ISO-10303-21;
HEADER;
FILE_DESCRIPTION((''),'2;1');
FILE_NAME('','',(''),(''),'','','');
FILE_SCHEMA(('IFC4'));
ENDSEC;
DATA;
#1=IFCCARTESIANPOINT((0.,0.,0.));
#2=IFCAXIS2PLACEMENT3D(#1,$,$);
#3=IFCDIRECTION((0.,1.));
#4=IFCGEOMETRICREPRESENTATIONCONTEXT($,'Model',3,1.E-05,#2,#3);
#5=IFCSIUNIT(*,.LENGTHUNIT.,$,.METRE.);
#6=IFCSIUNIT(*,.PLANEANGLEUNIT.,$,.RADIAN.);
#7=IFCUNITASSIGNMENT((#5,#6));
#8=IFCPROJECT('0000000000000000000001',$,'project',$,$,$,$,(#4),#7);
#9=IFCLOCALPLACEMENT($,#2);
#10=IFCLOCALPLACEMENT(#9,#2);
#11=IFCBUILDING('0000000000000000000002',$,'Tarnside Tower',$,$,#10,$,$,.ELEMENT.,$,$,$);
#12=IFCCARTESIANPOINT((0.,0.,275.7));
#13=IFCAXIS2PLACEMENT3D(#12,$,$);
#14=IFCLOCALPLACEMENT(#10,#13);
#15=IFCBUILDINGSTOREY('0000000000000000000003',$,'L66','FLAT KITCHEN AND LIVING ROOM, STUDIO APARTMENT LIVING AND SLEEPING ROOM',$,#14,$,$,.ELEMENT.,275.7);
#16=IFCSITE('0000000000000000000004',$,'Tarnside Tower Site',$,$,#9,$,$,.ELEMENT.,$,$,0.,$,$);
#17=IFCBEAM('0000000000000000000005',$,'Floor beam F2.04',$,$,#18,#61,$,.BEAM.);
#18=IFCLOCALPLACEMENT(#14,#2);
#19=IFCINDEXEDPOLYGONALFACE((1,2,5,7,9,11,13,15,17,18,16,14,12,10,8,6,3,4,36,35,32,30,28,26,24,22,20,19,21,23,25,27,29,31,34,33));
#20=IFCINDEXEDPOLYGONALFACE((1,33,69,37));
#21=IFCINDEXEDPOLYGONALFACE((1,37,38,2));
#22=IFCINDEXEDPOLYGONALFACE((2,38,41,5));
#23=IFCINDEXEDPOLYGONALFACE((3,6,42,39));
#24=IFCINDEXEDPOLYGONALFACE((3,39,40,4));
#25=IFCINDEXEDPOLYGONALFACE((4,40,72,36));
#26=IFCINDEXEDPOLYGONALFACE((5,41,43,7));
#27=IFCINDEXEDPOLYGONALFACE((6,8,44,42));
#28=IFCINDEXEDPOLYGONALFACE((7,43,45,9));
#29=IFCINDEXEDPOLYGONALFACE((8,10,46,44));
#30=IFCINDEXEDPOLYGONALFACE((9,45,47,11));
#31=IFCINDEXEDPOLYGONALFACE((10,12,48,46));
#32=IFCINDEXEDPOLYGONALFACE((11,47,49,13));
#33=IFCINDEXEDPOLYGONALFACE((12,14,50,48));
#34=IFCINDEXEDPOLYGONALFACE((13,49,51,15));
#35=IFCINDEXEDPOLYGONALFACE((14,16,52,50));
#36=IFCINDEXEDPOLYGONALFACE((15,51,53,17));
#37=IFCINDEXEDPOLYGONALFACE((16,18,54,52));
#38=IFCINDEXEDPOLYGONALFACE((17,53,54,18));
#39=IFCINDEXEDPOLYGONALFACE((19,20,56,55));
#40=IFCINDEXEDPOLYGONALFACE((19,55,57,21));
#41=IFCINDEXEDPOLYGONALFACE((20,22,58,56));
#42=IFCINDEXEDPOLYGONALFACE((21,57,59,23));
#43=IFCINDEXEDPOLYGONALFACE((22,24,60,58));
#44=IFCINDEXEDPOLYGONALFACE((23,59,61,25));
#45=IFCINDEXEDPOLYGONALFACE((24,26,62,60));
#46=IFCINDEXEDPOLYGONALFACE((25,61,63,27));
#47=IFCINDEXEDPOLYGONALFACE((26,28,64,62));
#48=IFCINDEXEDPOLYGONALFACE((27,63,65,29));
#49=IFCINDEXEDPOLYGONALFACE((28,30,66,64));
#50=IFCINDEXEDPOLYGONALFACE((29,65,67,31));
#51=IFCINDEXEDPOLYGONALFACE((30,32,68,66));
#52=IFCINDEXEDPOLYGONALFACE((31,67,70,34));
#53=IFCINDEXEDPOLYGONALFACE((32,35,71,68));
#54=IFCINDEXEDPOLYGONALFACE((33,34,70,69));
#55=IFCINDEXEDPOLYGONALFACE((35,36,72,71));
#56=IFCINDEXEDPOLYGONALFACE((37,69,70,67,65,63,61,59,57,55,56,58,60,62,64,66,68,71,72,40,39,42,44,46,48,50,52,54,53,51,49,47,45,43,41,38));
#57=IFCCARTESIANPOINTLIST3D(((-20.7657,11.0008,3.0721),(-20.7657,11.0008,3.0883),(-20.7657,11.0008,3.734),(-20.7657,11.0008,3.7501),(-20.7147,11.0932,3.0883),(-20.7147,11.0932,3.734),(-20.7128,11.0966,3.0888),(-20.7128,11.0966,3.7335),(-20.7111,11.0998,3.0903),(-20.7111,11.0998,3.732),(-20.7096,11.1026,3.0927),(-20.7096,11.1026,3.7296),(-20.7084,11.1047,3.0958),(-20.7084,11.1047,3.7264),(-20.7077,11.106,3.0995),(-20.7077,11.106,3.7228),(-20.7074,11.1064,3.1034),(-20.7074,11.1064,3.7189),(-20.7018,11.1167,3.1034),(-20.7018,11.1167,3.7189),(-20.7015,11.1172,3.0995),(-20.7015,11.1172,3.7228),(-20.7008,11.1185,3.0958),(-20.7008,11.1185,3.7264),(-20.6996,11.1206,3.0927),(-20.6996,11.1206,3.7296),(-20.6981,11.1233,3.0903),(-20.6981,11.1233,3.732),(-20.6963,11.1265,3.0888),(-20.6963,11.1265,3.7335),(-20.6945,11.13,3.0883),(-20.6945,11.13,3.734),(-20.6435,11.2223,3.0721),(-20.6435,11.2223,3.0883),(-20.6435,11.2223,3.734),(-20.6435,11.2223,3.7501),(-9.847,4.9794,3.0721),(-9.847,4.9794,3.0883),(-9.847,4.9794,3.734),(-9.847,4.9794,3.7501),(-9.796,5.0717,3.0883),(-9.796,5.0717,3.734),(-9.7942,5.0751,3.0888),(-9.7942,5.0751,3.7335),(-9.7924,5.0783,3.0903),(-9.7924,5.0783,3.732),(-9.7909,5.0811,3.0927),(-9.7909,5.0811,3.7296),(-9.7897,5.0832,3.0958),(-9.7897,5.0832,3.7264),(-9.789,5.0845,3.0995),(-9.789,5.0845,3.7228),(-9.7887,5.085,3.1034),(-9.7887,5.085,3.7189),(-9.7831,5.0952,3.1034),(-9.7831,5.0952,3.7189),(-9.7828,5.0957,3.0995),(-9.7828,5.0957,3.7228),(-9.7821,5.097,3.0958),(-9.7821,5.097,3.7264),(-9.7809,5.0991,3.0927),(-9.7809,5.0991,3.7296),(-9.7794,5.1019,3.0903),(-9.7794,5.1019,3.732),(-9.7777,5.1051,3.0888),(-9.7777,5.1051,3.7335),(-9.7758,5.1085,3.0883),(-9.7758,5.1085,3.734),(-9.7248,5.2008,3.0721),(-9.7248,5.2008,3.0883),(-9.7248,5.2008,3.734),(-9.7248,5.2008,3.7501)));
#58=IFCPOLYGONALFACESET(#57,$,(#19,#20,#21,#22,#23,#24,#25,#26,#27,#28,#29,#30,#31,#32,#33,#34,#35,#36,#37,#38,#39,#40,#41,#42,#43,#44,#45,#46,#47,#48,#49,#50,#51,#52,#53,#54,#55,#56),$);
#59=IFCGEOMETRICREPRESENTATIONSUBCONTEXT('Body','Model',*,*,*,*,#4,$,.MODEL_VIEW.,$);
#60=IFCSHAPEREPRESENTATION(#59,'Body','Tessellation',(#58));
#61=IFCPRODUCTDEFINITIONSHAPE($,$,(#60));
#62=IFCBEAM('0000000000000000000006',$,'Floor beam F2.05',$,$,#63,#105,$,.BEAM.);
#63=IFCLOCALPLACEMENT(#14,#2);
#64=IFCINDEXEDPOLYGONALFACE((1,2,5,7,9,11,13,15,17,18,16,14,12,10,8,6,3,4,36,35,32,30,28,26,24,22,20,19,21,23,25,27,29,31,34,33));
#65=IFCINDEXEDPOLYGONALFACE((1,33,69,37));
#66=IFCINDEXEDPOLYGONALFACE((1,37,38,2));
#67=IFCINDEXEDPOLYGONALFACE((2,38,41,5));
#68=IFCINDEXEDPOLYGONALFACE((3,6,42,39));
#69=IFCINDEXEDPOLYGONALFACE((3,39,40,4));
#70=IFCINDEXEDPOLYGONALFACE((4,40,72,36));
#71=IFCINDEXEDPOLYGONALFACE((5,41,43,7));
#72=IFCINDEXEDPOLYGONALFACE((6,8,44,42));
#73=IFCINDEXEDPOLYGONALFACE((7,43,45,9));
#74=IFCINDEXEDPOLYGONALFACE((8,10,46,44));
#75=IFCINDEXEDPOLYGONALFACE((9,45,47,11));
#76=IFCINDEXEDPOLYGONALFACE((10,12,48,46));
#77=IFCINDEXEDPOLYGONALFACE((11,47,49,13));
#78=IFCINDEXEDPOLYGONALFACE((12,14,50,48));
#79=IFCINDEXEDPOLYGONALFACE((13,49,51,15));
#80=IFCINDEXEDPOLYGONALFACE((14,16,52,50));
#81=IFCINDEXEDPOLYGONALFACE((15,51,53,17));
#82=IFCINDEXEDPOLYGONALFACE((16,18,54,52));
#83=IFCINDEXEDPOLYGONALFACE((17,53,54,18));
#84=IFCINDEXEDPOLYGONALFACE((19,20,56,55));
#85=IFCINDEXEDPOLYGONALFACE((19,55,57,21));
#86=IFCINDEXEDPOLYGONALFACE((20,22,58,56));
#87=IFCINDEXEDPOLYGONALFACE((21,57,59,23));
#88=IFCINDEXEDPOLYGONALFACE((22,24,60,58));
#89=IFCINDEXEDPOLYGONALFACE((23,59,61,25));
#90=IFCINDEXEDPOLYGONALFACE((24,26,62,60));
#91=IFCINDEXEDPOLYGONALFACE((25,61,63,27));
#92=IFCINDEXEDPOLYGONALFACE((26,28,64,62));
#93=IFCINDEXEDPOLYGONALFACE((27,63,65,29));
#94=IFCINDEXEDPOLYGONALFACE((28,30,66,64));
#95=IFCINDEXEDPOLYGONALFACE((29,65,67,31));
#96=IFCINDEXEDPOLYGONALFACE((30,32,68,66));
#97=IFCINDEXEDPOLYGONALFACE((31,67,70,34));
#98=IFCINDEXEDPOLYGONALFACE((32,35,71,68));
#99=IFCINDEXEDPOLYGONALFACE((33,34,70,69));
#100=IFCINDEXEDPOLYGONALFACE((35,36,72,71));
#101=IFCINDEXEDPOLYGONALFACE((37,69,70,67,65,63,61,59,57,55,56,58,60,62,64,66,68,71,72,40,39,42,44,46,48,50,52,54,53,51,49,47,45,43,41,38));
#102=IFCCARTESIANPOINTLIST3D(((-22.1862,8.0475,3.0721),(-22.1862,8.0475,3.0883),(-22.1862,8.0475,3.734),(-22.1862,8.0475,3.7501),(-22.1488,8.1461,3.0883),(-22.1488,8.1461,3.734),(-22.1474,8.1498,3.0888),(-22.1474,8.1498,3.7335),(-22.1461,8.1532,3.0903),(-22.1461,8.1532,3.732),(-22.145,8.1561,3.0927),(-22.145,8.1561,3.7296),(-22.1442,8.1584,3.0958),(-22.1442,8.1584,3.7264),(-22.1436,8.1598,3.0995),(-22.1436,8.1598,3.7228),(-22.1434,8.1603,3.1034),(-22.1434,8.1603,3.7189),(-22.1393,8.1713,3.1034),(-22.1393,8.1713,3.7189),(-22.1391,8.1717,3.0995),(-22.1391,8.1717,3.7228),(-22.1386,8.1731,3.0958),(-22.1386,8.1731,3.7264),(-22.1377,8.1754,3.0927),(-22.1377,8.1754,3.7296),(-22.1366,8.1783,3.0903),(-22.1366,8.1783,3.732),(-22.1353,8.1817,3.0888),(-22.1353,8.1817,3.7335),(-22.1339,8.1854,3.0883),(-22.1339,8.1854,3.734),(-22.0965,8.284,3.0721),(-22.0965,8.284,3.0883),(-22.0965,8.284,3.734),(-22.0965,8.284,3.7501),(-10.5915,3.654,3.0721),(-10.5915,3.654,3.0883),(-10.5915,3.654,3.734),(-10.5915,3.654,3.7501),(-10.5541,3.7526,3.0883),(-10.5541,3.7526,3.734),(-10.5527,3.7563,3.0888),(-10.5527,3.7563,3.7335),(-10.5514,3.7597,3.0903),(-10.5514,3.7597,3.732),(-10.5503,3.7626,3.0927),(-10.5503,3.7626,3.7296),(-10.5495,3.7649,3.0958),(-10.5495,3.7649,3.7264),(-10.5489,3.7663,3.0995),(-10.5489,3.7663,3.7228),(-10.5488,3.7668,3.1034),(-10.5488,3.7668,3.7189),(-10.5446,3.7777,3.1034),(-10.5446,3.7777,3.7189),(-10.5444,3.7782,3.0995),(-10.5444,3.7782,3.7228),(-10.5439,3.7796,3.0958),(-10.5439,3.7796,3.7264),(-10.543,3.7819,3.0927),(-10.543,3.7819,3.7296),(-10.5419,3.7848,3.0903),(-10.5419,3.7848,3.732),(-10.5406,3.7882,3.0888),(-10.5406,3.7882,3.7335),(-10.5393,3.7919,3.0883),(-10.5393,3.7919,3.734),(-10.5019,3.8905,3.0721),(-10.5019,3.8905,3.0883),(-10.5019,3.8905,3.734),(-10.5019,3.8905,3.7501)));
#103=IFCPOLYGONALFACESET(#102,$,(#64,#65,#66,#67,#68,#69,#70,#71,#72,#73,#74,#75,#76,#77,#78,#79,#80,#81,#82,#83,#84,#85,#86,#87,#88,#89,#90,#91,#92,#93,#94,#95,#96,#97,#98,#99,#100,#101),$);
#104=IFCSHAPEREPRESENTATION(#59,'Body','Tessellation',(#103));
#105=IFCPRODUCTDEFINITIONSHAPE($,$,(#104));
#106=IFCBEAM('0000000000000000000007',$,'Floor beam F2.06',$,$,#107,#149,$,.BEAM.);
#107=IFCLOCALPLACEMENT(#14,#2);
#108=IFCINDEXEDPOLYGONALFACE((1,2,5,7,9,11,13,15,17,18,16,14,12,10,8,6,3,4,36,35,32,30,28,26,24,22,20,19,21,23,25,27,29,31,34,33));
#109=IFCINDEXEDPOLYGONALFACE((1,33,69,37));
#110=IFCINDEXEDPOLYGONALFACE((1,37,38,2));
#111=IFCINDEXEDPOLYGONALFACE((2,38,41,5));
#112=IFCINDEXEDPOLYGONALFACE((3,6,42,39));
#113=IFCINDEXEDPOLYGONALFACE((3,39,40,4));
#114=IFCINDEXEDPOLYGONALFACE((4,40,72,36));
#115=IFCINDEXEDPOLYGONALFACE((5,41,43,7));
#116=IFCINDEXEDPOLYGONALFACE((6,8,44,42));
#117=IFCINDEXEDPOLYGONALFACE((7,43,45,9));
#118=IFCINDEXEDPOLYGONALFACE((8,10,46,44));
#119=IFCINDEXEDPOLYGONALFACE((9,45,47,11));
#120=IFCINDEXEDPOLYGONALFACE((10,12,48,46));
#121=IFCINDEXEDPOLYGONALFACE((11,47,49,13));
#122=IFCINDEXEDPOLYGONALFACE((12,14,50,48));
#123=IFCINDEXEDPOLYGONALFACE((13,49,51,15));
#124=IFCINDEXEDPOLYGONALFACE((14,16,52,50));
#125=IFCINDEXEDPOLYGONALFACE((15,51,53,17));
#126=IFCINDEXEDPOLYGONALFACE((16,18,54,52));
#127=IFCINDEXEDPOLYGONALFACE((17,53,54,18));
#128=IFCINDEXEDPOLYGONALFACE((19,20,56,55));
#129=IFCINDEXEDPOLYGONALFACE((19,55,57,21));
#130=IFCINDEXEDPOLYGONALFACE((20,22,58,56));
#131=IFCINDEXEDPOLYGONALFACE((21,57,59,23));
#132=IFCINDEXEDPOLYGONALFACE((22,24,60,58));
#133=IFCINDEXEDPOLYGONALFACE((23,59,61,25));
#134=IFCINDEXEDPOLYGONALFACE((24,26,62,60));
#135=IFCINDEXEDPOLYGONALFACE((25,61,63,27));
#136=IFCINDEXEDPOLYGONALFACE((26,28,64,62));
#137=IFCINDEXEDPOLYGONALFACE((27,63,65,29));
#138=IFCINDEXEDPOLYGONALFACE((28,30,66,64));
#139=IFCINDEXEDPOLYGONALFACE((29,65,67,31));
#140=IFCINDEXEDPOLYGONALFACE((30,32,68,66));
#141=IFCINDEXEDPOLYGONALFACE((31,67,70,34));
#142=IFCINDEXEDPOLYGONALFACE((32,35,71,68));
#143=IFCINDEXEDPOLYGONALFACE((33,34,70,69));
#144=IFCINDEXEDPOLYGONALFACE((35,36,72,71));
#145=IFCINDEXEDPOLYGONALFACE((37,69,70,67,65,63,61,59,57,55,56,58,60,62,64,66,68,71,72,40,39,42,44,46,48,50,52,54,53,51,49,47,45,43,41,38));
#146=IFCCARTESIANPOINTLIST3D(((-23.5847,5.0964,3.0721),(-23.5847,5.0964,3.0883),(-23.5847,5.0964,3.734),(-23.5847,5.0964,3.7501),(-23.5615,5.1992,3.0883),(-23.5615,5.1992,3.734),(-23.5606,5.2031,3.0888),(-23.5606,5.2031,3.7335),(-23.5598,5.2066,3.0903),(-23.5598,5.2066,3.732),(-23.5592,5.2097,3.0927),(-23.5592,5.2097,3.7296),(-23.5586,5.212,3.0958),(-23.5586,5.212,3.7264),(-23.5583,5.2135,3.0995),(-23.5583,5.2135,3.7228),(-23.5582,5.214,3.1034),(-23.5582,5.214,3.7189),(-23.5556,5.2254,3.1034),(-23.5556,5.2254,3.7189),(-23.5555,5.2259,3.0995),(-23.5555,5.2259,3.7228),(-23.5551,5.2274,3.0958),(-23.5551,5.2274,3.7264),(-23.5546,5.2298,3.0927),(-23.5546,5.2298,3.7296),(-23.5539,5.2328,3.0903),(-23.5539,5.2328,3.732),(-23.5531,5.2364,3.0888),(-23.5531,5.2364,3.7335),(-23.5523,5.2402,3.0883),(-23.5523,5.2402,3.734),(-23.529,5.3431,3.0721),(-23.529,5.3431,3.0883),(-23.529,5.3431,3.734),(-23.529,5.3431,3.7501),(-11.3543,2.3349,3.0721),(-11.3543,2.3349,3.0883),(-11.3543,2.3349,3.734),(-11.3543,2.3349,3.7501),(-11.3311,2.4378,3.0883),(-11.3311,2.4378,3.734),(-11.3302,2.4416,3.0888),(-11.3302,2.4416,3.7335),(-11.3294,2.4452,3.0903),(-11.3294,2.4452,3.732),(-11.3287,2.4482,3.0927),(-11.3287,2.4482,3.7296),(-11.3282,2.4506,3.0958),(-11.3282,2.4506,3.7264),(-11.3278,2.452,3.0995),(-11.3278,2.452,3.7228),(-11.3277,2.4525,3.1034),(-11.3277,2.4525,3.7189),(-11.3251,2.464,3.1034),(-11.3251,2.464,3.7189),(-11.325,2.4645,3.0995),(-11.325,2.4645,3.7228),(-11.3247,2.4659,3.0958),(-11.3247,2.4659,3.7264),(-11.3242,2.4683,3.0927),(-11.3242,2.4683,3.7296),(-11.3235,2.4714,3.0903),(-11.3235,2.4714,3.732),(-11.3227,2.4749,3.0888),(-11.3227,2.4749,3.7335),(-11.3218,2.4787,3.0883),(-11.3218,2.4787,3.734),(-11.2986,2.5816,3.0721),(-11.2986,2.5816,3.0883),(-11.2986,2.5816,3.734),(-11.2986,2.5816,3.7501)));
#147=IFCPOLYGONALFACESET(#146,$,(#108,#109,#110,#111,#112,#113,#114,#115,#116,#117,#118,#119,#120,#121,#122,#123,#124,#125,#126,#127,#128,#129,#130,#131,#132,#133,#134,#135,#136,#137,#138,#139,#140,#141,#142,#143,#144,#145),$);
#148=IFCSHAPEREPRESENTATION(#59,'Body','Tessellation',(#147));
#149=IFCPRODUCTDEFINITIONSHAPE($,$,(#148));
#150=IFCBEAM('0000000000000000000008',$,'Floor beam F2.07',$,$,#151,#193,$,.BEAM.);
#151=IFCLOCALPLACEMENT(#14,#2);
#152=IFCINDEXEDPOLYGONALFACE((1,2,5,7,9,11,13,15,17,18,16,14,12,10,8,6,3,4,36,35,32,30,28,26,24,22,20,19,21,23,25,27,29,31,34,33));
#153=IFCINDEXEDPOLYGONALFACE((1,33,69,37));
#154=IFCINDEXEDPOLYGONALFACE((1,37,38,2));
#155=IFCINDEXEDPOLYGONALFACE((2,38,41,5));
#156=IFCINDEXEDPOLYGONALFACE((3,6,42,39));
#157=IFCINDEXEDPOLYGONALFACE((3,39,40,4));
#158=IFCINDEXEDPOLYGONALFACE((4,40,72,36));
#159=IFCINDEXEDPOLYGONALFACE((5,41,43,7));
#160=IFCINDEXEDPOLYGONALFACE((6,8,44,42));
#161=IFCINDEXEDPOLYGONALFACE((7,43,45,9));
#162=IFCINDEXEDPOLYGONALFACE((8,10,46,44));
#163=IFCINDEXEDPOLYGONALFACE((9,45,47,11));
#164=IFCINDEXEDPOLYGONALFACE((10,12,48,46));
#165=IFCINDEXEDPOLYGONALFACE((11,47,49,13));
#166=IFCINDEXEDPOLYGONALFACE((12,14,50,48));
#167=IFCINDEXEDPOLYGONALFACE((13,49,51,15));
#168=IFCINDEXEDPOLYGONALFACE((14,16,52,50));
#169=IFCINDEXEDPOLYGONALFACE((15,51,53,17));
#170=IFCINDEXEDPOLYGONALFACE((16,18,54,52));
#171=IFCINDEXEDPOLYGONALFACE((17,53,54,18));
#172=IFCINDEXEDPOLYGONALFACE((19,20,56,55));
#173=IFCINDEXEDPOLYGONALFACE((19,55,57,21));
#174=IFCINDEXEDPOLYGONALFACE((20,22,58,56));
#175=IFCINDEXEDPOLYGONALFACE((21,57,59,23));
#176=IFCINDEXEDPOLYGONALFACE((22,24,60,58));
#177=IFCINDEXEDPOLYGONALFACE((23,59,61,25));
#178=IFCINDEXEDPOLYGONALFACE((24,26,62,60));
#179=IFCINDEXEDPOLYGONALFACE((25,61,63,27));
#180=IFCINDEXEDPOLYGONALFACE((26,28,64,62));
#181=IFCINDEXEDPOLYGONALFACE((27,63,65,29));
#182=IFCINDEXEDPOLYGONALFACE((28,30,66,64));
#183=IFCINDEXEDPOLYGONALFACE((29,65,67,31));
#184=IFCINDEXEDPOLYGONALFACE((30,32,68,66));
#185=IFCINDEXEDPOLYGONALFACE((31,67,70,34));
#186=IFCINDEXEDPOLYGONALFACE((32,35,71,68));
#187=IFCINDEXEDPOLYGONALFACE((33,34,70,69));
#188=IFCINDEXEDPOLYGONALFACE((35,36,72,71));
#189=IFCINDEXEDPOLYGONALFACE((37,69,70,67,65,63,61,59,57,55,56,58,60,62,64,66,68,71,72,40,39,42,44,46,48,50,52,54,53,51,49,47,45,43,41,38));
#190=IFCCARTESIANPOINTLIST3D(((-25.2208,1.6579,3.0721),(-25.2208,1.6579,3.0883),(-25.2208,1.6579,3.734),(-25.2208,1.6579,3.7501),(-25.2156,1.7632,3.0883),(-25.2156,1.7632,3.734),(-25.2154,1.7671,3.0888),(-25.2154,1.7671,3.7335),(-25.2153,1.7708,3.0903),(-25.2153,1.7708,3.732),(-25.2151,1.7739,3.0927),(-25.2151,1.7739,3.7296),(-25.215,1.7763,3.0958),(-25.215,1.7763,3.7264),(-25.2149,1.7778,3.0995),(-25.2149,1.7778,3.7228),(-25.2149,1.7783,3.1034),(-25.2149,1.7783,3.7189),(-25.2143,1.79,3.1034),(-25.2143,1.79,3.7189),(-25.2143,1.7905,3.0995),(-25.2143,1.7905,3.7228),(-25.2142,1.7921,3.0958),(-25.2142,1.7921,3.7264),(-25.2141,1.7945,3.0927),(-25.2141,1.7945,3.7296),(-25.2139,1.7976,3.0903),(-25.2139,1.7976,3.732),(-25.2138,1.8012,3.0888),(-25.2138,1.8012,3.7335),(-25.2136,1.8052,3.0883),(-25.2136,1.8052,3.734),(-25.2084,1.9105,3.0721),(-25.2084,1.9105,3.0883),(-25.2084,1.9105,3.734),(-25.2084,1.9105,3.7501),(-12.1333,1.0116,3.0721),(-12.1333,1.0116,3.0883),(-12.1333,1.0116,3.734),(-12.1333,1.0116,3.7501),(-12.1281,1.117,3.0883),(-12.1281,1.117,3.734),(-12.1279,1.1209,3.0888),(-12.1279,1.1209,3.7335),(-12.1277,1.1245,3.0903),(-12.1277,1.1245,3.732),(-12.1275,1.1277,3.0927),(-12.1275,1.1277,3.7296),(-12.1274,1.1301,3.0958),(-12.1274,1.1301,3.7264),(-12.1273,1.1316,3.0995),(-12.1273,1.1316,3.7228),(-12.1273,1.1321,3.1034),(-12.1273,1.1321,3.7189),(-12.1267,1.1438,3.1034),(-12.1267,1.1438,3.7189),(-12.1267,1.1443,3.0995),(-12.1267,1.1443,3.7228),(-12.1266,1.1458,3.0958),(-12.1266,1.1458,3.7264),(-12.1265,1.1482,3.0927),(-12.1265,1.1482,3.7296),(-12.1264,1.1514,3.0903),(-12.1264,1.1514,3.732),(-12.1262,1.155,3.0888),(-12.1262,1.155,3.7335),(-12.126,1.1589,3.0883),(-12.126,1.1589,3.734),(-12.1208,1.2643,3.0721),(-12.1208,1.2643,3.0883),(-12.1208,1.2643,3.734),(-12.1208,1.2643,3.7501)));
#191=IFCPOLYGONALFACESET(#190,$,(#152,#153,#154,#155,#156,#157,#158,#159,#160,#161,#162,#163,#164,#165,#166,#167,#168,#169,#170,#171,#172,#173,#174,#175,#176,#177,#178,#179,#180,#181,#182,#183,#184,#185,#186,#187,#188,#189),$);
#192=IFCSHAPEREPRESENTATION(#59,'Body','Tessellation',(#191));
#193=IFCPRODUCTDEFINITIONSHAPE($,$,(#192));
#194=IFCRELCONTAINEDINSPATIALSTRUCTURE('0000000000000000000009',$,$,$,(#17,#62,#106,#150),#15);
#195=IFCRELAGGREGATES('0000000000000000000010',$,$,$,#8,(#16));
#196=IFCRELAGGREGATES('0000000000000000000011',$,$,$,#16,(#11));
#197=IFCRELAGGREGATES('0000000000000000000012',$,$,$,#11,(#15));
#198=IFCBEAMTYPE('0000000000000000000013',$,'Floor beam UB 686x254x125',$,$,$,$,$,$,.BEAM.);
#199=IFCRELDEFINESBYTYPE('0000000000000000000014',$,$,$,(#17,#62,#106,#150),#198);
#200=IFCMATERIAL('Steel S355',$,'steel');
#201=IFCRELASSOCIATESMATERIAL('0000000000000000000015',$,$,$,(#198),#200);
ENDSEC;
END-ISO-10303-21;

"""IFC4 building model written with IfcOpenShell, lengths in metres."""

from ifc_helpers import new_model, si_unit, direction, frame, origin, origin_2d, place, context, subcontext, project, spatial, i_section, extrude, material, material_profile, profile_set, type_object, element, save


model = new_model("IFC4")

# Units and contexts
model_context = context("Model", 3, precision=1e-05, world=origin(), true_north=direction((0.0, 1.0)))
body_context = subcontext(model_context, "Body", "Model", "MODEL_VIEW")
ifc_project = project(units=[si_unit("LENGTHUNIT", "METRE"), si_unit("PLANEANGLEUNIT", "RADIAN")], contexts=[model_context])

# Site, building, storey
site_placement = place(None, origin())
site = spatial("IfcSite", under=ifc_project, at=site_placement, Name="Tarnside Tower Site", CompositionType="ELEMENT", RefElevation=0.0)
building_placement = place(site_placement, origin())
building = spatial("IfcBuilding", under=site, at=building_placement, Name="Tarnside Tower", CompositionType="ELEMENT")
storey_placement = place(building_placement, frame((0.0, 0.0, 275.7)))
storey = spatial("IfcBuildingStorey", under=building, at=storey_placement, Name="L66", Description="FLAT KITCHEN AND LIVING ROOM, STUDIO APARTMENT LIVING AND SLEEPING ROOM", CompositionType="ELEMENT", Elevation=275.7)

# Beams
ifc_material_1 = material(Name="Steel S355", Category="steel")
ifc_material_profile = material_profile(ifc_material_1, i_section(OverallWidth=0.2529, OverallDepth=0.678, WebThickness=0.0117, FlangeThickness=0.0161, FilletRadius=0.0151, at=origin_2d()), Name="UB 686x254x125")
ifc_profile_set = profile_set([ifc_material_profile], Name="Steel S355")
beam_type = type_object("IfcBeamType", Name="Floor beam UB 686x254x125", PredefinedType="BEAM", material=ifc_profile_set)
beam_1_placement = place(storey_placement, frame((-20.7046, 11.1116, 3.4111), z_axis=(0.875667, -0.482916, 0.0), x_axis=(0.482916, 0.875667, 0.0)))
element("IfcBeam", 1, at=beam_1_placement, inside=storey, type_object=beam_type, Name="Floor beam F2.04", PredefinedType="BEAM", context=body_context, shape_type="SweptSolid", body=[
    extrude(i_section(OverallWidth=0.2529, OverallDepth=0.678, WebThickness=0.0117, FlangeThickness=0.0161, FilletRadius=0.0151, at=origin_2d()), origin(), (0.0, 0.0, 1.0), 12.469),
])
beam_2_placement = place(storey_placement, frame((-22.1414, 8.1658, 3.4111), z_axis=(0.935116, -0.354341, 0.0), x_axis=(0.354341, 0.935116, 0.0)))
element("IfcBeam", 2, at=beam_2_placement, inside=storey, type_object=beam_type, Name="Floor beam F2.05", PredefinedType="BEAM", context=body_context, shape_type="SweptSolid", body=[
    extrude(i_section(OverallWidth=0.2529, OverallDepth=0.678, WebThickness=0.0117, FlangeThickness=0.0161, FilletRadius=0.0151, at=origin_2d()), origin(), (0.0, 0.0, 1.0), 12.3992),
])
beam_3_placement = place(storey_placement, frame((-23.5569, 5.2197, 3.4111), z_axis=(0.975445, -0.220242, 0.0), x_axis=(0.220242, 0.975445, 0.0)))
element("IfcBeam", 3, at=beam_3_placement, inside=storey, type_object=beam_type, Name="Floor beam F2.06", PredefinedType="BEAM", context=body_context, shape_type="SweptSolid", body=[
    extrude(i_section(OverallWidth=0.2529, OverallDepth=0.678, WebThickness=0.0117, FlangeThickness=0.0161, FilletRadius=0.0151, at=origin_2d()), origin(), (0.0, 0.0, 1.0), 12.5383),
])
beam_4_placement = place(storey_placement, frame((-25.2146, 1.7842, 3.4111), z_axis=(0.998783, -0.049318, 0.0), x_axis=(0.049318, 0.998783, 0.0)))
element("IfcBeam", 4, at=beam_4_placement, inside=storey, type_object=beam_type, Name="Floor beam F2.07", PredefinedType="BEAM", context=body_context, shape_type="SweptSolid", body=[
    extrude(i_section(OverallWidth=0.2529, OverallDepth=0.678, WebThickness=0.0117, FlangeThickness=0.0161, FilletRadius=0.0151, at=origin_2d()), origin(), (0.0, 0.0, 1.0), 13.1035),
])

save(model, "model.ifc")
